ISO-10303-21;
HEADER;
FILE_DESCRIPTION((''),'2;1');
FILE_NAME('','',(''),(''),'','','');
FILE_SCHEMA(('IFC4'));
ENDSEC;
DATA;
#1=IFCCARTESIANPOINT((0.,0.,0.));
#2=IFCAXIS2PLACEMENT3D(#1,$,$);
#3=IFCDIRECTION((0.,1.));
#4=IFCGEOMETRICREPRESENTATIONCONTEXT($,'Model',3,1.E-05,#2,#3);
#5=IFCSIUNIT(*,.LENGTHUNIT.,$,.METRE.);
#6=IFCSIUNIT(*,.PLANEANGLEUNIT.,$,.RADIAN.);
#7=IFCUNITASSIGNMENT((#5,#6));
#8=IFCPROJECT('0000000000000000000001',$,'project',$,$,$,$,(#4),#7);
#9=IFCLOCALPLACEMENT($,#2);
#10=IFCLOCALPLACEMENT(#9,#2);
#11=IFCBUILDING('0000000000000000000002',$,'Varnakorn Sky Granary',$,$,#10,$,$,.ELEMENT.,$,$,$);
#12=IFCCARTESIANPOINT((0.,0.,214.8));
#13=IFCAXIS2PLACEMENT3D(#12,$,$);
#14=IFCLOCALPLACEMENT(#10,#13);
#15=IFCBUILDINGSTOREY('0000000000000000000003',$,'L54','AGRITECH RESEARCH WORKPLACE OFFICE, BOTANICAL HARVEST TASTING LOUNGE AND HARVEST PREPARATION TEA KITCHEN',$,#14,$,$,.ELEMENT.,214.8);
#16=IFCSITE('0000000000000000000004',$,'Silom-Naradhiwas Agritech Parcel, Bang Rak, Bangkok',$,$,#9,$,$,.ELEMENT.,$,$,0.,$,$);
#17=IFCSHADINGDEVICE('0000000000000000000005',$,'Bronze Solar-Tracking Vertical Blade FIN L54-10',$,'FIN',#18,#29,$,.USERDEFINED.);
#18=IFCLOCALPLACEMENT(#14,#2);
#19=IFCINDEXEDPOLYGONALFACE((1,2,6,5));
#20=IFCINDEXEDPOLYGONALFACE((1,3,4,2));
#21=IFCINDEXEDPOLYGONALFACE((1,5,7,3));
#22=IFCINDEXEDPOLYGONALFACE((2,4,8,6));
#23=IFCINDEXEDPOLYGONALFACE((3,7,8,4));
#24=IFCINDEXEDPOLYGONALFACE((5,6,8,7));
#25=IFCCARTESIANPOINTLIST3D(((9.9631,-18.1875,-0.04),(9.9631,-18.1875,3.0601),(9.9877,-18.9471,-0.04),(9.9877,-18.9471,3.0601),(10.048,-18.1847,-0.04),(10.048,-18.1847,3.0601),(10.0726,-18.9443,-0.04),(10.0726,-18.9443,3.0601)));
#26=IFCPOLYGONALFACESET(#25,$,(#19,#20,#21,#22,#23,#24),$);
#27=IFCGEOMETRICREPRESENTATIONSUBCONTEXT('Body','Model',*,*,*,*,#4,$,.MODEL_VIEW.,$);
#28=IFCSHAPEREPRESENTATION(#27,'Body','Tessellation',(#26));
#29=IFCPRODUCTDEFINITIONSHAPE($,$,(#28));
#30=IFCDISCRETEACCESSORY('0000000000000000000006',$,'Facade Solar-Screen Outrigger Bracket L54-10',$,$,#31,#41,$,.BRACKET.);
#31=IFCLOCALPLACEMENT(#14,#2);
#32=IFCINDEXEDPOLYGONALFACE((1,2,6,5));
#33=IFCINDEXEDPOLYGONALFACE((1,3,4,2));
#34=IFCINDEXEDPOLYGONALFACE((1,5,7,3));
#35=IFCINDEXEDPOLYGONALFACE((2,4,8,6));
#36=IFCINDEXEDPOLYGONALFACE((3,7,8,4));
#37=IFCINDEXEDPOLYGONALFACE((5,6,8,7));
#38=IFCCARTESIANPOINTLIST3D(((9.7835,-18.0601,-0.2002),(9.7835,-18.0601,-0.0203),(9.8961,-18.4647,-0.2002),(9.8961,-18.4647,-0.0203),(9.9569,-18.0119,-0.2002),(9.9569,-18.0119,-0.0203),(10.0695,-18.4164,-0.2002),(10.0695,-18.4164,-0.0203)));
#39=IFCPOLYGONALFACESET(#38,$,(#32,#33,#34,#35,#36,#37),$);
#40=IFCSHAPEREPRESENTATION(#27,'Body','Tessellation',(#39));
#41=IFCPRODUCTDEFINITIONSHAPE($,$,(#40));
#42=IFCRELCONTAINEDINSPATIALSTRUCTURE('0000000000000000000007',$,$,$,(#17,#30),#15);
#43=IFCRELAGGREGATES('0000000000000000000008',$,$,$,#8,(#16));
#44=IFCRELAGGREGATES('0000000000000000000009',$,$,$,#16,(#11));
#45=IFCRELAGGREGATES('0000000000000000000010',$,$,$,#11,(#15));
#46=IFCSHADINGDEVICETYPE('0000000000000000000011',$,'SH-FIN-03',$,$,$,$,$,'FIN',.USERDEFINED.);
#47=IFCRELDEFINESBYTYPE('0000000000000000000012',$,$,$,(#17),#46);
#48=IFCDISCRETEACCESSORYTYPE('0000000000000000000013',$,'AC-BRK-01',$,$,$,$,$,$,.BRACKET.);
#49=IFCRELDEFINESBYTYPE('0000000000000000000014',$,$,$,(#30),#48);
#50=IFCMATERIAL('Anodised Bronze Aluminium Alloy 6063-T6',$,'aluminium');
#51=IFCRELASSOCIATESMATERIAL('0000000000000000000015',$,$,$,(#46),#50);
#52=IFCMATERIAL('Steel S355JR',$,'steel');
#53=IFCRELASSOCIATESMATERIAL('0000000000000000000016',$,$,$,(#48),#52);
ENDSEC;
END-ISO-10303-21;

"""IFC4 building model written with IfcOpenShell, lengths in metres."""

from ifc_helpers import new_model, si_unit, direction, frame, origin, origin_2d, place, context, subcontext, project, spatial, rectangle, extrude, source, transform, mapped, material, type_object, type_shapes, element, save


model = new_model("IFC4")

# Units and contexts
model_context = context("Model", 3, precision=1e-05, world=origin(), true_north=direction((0.0, 1.0)))
body_context = subcontext(model_context, "Body", "Model", "MODEL_VIEW")
ifc_project = project(units=[si_unit("LENGTHUNIT", "METRE"), si_unit("PLANEANGLEUNIT", "RADIAN")], contexts=[model_context])

# Site, building, storey
site_placement = place(None, origin())
site = spatial("IfcSite", under=ifc_project, at=site_placement, Name="Silom-Naradhiwas Agritech Parcel, Bang Rak, Bangkok", CompositionType="ELEMENT", RefElevation=0.0)
building_placement = place(site_placement, origin())
building = spatial("IfcBuilding", under=site, at=building_placement, Name="Varnakorn Sky Granary", CompositionType="ELEMENT")
storey_placement = place(building_placement, frame((0.0, 0.0, 214.8)))
storey = spatial("IfcBuildingStorey", under=building, at=storey_placement, Name="L54", Description="AGRITECH RESEARCH WORKPLACE OFFICE, BOTANICAL HARVEST TASTING LOUNGE AND HARVEST PREPARATION TEA KITCHEN", CompositionType="ELEMENT", Elevation=214.8)

# Shared definitions
ifc_material_1 = material(Name="Steel S355JR", Category="steel")

# Shared definitions
ifc_material_2 = material(Name="Anodised Bronze Aluminium Alloy 6063-T6", Category="aluminium")

# Shading device
shading_device_type = type_object("IfcShadingDeviceType", Name="SH-FIN-03", ElementType="FIN", PredefinedType="USERDEFINED", material=ifc_material_2)
shared_shape_1 = source(origin(), body_context, "Body", "SweptSolid", [
    extrude(rectangle(XDim=0.085, YDim=0.76, at=origin_2d()), origin(), (0.0, 0.0, 1.0), 3.1001),
])
type_shapes(shading_device_type, [shared_shape_1])
shading_device_placement = place(storey_placement, frame((10.0178, -18.5659, -0.04), z_axis=(0.0, 0.0, 1.0), x_axis=(0.999476, 0.032377, 0.0)))
element("IfcShadingDevice", 1, at=shading_device_placement, inside=storey, type_object=shading_device_type, Name="Bronze Solar-Tracking Vertical Blade FIN L54-10", ObjectType="FIN", PredefinedType="USERDEFINED", context=body_context, shape_type="MappedRepresentation", body=[
    mapped(shared_shape_1, transform((0.0, 0.0, 0.0), x_axis=(1.0, 0.0, 0.0), y_axis=(0.0, 1.0, 0.0), z_axis=(0.0, 0.0, 1.0), scale=1.0)),
])

# Discrete accessory
discrete_accessory_type = type_object("IfcDiscreteAccessoryType", Name="AC-BRK-01", PredefinedType="BRACKET", material=ifc_material_1)
shared_shape_2 = source(origin(), body_context, "Body", "SweptSolid", [
    extrude(rectangle(XDim=0.1799, YDim=0.4199, at=origin_2d()), origin(), (0.0, 0.0, 1.0), 0.1799),
])
type_shapes(discrete_accessory_type, [shared_shape_2])
discrete_accessory_placement = place(storey_placement, frame((9.9265, -18.2383, -0.2002), z_axis=(0.0, 0.0, 1.0), x_axis=(0.963376, 0.268153, 0.0)))
element("IfcDiscreteAccessory", 2, at=discrete_accessory_placement, inside=storey, type_object=discrete_accessory_type, Name="Facade Solar-Screen Outrigger Bracket L54-10", PredefinedType="BRACKET", context=body_context, shape_type="MappedRepresentation", body=[
    mapped(shared_shape_2, transform((0.0, 0.0, 0.0), x_axis=(1.0, 0.0, 0.0), y_axis=(0.0, 1.0, 0.0), z_axis=(0.0, 0.0, 1.0), scale=1.0)),
])

save(model, "model.ifc")
